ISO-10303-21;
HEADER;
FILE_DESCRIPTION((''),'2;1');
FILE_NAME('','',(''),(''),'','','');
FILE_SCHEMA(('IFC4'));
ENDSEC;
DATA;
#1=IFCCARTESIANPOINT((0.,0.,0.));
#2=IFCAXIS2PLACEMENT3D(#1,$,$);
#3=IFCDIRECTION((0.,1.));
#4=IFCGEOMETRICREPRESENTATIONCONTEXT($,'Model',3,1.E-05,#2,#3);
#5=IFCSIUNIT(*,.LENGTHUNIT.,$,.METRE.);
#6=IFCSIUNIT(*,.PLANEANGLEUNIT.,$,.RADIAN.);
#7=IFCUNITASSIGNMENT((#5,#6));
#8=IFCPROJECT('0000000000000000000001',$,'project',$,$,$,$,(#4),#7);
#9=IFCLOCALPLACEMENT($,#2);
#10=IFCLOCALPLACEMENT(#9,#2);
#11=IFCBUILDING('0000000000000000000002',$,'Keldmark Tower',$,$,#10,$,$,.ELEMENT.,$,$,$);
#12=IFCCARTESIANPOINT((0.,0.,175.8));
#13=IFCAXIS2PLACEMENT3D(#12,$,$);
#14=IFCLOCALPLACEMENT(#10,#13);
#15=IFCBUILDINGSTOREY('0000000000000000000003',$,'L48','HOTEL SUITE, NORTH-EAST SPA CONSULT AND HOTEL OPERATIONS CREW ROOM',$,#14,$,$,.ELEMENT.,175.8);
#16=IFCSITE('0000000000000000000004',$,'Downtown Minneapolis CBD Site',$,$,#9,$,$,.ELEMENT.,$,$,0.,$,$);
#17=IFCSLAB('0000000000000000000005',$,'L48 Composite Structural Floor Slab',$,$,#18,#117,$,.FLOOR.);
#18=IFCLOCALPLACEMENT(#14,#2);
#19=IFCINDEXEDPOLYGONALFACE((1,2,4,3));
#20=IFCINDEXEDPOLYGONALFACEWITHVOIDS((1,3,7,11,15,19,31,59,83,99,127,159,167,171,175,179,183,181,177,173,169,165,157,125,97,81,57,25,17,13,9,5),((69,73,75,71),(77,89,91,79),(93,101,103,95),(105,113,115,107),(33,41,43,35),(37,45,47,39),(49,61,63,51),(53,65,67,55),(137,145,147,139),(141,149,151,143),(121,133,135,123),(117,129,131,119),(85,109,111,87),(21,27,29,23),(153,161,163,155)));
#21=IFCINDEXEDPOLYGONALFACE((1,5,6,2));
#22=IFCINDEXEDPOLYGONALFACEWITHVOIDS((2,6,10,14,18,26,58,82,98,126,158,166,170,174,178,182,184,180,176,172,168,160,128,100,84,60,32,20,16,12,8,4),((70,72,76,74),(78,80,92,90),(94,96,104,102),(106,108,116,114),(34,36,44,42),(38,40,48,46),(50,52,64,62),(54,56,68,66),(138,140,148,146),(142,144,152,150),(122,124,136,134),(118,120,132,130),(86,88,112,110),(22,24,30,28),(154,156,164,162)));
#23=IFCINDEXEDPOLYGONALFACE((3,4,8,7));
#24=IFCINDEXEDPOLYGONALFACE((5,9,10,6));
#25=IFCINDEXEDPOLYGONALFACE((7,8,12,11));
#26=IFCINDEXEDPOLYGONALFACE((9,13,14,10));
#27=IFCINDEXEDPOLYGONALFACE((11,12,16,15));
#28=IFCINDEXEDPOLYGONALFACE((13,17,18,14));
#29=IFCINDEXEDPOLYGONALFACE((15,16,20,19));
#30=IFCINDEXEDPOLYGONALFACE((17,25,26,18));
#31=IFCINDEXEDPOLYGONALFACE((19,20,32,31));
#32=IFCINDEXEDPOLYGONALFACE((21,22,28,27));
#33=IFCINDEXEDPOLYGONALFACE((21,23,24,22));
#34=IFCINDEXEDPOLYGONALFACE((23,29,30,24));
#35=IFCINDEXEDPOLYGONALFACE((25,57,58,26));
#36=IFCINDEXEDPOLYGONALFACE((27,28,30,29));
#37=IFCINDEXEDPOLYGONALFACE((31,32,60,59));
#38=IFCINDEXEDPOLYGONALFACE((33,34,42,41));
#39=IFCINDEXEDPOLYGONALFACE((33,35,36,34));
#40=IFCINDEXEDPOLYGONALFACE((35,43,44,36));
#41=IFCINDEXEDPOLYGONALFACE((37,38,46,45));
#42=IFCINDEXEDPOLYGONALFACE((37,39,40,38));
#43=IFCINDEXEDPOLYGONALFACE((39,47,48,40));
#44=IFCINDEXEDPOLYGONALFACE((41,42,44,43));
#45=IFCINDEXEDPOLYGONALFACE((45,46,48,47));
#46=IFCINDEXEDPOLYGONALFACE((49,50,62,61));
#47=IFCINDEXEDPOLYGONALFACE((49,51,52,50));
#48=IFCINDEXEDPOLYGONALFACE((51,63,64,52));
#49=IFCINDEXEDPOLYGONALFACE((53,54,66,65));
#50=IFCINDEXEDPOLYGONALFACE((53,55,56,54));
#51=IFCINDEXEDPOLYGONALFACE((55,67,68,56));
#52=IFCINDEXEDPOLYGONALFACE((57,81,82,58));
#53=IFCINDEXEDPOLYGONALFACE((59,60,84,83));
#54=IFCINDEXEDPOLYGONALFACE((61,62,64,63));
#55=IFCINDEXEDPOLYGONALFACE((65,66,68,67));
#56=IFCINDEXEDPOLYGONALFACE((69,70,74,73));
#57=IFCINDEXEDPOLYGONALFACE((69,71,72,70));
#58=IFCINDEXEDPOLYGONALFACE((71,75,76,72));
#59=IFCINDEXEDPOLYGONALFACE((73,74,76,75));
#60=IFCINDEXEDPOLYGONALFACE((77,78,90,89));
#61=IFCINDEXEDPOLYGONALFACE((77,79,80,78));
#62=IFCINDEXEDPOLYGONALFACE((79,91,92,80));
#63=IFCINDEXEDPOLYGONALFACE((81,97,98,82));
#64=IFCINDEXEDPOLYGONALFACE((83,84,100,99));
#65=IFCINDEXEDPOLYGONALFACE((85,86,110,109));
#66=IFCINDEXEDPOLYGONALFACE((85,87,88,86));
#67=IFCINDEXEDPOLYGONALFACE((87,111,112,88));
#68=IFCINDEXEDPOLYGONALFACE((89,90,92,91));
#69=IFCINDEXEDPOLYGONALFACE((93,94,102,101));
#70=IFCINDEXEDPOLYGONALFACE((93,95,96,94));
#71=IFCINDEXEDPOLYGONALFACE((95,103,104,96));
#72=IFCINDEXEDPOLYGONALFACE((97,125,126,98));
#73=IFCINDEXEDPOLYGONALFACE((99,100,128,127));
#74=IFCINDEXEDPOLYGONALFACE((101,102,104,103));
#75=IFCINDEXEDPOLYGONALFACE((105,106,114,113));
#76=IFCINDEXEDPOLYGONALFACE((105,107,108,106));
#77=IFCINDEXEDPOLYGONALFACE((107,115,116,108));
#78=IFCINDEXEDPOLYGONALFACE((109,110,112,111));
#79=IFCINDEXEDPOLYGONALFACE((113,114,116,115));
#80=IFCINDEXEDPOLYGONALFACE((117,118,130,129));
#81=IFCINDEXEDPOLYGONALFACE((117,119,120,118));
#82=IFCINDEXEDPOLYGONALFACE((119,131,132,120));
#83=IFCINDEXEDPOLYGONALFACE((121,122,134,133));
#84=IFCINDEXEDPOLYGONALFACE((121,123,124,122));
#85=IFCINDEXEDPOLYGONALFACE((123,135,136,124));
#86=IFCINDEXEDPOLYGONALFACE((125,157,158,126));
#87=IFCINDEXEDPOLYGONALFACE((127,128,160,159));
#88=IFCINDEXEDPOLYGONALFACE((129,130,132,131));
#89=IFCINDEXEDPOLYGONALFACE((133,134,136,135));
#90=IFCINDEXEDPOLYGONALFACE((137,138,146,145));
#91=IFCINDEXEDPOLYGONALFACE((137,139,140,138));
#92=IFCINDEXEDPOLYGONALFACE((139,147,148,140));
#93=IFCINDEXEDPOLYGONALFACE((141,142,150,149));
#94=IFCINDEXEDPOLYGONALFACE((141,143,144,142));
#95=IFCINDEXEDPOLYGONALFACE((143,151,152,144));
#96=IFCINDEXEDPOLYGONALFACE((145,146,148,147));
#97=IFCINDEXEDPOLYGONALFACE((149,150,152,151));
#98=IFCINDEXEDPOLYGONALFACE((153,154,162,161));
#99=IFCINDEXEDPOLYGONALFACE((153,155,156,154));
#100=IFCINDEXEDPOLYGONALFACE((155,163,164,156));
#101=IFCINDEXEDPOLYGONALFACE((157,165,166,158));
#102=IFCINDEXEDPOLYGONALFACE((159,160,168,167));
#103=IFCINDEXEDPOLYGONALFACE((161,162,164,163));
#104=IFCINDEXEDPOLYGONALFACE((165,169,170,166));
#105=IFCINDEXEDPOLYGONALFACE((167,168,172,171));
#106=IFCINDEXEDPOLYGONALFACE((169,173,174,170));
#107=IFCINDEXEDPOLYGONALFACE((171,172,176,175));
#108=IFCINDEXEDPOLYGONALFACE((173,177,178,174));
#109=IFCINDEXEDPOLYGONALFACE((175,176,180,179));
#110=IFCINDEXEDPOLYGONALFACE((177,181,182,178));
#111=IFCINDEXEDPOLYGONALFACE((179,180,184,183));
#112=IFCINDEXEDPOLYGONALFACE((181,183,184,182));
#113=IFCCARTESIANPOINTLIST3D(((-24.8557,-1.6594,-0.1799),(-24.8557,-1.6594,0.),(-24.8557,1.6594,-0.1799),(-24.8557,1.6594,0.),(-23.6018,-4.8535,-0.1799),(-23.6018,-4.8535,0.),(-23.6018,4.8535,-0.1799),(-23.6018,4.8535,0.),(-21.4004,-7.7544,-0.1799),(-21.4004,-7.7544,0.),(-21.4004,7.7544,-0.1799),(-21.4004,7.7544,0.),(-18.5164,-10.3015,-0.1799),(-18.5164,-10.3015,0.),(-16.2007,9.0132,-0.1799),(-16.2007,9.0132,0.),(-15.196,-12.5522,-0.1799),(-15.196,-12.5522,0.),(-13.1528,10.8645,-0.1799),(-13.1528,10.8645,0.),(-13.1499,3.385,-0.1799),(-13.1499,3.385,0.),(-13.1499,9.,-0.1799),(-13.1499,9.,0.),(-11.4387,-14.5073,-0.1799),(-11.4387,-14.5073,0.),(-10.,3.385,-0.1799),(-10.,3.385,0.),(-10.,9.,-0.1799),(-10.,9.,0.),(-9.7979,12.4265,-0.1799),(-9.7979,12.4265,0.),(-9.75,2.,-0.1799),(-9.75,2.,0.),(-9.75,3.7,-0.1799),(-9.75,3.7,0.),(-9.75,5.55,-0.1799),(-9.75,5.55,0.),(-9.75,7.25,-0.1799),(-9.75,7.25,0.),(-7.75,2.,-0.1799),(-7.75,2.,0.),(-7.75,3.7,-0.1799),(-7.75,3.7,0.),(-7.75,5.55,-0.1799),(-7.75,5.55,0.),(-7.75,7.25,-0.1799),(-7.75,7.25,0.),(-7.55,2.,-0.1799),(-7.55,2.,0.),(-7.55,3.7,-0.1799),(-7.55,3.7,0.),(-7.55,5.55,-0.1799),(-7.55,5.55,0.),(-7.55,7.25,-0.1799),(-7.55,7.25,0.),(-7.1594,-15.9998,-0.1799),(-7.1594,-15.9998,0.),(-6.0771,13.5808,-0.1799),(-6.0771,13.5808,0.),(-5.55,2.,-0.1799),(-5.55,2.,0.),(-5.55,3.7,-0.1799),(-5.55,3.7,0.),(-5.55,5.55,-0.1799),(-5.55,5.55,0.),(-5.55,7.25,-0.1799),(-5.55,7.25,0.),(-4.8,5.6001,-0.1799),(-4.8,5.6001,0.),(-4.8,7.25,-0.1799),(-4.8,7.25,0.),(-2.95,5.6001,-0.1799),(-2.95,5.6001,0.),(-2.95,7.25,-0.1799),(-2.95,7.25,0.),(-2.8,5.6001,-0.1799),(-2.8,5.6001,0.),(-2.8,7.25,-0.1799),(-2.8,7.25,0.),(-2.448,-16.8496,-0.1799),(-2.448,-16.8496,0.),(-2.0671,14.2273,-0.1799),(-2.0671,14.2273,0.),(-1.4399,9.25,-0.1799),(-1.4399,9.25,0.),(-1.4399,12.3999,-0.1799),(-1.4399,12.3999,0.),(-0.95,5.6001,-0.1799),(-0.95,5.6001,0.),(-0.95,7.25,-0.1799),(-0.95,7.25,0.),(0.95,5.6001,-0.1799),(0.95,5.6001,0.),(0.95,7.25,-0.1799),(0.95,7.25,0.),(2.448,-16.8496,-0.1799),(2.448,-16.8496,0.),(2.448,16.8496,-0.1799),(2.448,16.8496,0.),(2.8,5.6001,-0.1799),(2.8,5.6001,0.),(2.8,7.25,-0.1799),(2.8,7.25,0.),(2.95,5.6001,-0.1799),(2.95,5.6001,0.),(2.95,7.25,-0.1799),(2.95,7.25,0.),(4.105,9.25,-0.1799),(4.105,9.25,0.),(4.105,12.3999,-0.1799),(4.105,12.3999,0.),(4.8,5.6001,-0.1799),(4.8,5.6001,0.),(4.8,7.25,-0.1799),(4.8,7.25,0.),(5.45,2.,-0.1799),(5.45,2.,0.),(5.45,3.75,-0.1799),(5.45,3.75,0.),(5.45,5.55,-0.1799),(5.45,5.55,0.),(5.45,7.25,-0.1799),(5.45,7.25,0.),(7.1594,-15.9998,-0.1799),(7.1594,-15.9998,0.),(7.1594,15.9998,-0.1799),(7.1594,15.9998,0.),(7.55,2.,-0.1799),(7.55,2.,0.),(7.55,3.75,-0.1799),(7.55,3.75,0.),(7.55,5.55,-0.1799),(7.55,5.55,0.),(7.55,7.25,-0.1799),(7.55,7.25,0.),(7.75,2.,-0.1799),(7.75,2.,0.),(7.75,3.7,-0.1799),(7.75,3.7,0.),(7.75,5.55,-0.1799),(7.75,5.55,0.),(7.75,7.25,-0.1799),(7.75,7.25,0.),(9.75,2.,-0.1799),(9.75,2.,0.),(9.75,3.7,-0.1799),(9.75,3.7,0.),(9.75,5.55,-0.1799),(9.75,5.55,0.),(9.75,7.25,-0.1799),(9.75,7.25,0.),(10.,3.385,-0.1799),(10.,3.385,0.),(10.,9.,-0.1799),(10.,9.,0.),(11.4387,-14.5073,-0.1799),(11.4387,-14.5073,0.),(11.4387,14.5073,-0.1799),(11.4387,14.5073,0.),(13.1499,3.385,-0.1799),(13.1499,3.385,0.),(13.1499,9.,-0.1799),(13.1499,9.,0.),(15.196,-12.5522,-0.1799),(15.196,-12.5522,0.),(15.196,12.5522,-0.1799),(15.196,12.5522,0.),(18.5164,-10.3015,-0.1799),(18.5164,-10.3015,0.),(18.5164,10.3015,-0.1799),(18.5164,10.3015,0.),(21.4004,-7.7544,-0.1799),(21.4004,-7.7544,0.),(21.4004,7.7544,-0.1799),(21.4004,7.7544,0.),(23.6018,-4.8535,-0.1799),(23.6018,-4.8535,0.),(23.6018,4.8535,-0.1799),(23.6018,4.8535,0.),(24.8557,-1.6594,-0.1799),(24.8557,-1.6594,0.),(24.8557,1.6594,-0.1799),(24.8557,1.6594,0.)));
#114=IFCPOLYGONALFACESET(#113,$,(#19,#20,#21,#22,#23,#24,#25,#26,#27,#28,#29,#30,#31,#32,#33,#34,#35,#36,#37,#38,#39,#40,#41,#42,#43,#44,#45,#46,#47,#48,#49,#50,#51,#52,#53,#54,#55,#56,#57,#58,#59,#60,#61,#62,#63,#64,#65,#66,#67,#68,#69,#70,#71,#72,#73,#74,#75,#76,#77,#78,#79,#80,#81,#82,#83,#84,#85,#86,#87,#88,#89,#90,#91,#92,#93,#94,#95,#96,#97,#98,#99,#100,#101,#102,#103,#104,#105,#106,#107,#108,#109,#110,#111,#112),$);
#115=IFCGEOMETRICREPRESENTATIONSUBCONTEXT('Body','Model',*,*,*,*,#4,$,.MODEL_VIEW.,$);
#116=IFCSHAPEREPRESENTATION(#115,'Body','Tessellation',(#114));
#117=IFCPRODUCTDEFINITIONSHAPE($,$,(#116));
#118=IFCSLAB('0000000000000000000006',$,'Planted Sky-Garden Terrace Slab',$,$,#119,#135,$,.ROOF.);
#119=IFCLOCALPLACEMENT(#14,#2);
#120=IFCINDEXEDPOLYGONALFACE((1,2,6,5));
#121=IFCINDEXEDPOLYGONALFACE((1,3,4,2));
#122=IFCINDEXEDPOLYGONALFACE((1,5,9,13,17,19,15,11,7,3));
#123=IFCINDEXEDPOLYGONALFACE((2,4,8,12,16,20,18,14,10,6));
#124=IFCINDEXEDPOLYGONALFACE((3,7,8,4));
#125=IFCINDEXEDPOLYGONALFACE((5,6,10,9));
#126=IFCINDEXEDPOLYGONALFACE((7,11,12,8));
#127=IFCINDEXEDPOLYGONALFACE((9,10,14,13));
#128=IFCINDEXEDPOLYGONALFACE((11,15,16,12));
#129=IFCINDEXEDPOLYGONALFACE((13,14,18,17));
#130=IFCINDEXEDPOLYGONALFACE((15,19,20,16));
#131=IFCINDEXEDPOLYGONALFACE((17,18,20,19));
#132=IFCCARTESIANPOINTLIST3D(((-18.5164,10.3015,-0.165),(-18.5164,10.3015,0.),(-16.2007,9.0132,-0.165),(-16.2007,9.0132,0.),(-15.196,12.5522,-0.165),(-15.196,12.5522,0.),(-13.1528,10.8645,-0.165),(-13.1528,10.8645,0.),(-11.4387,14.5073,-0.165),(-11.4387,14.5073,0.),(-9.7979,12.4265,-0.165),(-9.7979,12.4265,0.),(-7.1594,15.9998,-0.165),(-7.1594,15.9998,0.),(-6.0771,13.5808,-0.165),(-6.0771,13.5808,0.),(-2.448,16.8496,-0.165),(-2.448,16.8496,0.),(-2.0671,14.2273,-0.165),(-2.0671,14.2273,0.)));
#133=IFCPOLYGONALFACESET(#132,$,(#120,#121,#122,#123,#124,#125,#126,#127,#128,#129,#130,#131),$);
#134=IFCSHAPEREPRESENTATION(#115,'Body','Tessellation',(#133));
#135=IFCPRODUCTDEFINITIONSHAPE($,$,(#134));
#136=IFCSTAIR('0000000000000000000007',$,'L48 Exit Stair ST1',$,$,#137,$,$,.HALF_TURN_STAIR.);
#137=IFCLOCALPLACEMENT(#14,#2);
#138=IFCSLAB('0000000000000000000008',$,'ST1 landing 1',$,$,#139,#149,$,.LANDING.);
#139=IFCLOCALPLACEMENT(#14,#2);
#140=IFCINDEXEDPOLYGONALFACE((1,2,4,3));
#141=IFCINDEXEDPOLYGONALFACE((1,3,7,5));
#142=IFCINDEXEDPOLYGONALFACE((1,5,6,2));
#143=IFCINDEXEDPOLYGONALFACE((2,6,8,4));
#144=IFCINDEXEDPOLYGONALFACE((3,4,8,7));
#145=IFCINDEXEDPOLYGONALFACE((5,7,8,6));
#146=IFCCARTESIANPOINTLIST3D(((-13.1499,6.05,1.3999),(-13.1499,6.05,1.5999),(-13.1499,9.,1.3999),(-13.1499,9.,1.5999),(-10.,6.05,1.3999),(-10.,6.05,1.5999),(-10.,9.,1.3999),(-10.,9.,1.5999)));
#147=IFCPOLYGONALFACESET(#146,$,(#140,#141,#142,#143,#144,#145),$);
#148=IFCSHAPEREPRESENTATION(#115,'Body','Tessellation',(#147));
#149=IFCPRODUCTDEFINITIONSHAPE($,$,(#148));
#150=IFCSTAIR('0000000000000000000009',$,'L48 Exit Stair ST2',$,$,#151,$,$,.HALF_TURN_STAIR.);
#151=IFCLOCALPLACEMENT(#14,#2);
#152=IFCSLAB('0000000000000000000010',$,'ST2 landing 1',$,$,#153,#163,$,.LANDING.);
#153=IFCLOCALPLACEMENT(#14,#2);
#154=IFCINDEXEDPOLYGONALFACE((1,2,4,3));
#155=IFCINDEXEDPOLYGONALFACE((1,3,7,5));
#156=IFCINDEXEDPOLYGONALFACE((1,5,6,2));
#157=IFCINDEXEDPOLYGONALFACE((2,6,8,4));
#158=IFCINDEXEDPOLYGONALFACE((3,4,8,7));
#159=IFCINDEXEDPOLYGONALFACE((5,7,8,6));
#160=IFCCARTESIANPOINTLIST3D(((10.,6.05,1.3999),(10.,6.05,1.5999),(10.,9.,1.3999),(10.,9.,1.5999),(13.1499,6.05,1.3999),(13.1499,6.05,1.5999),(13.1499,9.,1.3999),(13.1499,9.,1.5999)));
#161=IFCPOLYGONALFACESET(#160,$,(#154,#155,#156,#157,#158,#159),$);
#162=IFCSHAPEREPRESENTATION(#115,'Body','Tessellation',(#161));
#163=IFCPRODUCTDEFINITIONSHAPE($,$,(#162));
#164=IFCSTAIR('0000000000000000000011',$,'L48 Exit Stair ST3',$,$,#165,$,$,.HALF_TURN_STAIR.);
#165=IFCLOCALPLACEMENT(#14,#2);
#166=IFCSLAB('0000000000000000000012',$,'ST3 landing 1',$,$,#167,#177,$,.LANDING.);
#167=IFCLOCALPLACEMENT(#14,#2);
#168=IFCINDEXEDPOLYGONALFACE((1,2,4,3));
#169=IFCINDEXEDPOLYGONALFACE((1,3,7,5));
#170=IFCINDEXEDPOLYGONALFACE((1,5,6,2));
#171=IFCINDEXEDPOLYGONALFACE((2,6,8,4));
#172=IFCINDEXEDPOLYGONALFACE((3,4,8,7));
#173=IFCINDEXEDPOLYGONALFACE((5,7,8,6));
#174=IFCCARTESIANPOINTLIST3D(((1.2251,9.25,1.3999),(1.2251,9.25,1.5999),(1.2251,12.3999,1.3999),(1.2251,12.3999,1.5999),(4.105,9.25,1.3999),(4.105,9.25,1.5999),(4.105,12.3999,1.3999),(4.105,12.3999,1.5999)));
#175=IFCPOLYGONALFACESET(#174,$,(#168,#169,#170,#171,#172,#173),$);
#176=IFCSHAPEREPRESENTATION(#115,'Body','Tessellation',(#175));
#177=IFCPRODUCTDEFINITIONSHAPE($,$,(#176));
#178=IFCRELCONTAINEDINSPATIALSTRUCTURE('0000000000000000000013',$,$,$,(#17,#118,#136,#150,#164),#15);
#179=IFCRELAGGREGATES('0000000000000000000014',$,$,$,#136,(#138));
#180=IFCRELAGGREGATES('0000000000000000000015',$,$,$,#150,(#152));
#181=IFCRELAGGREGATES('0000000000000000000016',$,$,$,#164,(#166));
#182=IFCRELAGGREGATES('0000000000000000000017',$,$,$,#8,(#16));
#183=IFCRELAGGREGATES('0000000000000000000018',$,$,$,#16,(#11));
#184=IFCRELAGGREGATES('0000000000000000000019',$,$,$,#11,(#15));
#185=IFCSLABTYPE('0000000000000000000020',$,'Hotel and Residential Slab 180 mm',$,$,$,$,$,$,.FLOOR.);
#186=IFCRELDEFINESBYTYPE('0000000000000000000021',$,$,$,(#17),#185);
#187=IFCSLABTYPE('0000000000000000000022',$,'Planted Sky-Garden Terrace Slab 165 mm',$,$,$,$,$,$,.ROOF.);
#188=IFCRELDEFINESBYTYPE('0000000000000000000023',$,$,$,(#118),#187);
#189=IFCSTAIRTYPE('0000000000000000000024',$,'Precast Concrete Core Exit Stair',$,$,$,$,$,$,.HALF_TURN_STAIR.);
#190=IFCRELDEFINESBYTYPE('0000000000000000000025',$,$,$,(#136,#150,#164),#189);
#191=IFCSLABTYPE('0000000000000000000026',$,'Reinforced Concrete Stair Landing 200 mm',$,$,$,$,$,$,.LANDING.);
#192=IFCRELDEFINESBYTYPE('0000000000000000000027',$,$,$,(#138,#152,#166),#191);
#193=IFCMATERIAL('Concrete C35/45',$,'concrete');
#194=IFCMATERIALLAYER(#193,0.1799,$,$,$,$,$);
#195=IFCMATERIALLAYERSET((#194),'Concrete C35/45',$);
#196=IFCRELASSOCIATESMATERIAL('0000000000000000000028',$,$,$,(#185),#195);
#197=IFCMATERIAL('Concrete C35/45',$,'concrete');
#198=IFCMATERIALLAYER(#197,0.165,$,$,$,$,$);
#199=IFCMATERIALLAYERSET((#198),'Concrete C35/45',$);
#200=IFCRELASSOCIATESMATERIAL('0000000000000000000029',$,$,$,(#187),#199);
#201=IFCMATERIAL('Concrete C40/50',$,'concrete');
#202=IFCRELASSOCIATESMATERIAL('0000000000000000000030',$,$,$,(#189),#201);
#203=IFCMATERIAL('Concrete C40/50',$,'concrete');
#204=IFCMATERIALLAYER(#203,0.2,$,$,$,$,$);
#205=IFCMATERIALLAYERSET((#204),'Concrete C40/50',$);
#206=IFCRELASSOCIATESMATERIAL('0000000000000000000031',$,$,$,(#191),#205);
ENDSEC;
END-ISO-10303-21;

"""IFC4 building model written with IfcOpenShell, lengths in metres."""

from ifc_helpers import new_model, si_unit, direction, frame, origin, place, context, subcontext, project, spatial, polyline, outline, extrude, material, layer, layer_set, type_object, element, aggregate, save


model = new_model("IFC4")

# Units and contexts
model_context = context("Model", 3, precision=1e-05, world=origin(), true_north=direction((0.0, 1.0)))
body_context = subcontext(model_context, "Body", "Model", "MODEL_VIEW")
ifc_project = project(units=[si_unit("LENGTHUNIT", "METRE"), si_unit("PLANEANGLEUNIT", "RADIAN")], contexts=[model_context])

# Site, building, storey
site_placement = place(None, origin())
site = spatial("IfcSite", under=ifc_project, at=site_placement, Name="Downtown Minneapolis CBD Site", CompositionType="ELEMENT", RefElevation=0.0)
building_placement = place(site_placement, origin())
building = spatial("IfcBuilding", under=site, at=building_placement, Name="Keldmark Tower", CompositionType="ELEMENT")
storey_placement = place(building_placement, frame((0.0, 0.0, 175.8)))
storey = spatial("IfcBuildingStorey", under=building, at=storey_placement, Name="L48", Description="HOTEL SUITE, NORTH-EAST SPA CONSULT AND HOTEL OPERATIONS CREW ROOM", CompositionType="ELEMENT", Elevation=175.8)

# Slabs
ifc_material_1 = material(Name="Concrete C35/45", Category="concrete")
ifc_layer_1 = layer(ifc_material_1, 0.1799)
ifc_layer_set_1 = layer_set([ifc_layer_1], Name="Concrete C35/45")
slab_type_1 = type_object("IfcSlabType", Name="Hotel and Residential Slab 180 mm", PredefinedType="FLOOR", material=ifc_layer_set_1)
slab_1_placement = place(storey_placement, frame((0.0, 0.0, -0.1799)))
element("IfcSlab", 1, at=slab_1_placement, inside=storey, type_object=slab_type_1, Name="L48 Composite Structural Floor Slab", PredefinedType="FLOOR", context=body_context, shape_type="SweptSolid", body=[
    extrude(outline(polyline([(24.8557, 1.6594), (23.6018, 4.8535), (21.4004, 7.7544), (18.5164, 10.3015), (15.196, 12.5522), (11.4387, 14.5073), (7.1594, 15.9998), (2.448, 16.8496), (-2.0671, 14.2273), (-6.0771, 13.5808), (-9.7979, 12.4265), (-13.1528, 10.8645), (-16.2007, 9.0132), (-21.4004, 7.7544), (-23.6018, 4.8535), (-24.8557, 1.6594), (-24.8557, -1.6594), (-23.6018, -4.8535), (-21.4004, -7.7544), (-18.5164, -10.3015), (-15.196, -12.5522), (-11.4387, -14.5073), (-7.1594, -15.9998), (-2.448, -16.8496), (2.448, -16.8496), (7.1594, -15.9998), (11.4387, -14.5073), (15.196, -12.5522), (18.5164, -10.3015), (21.4004, -7.7544), (23.6018, -4.8535), (24.8557, -1.6594), (24.8557, 1.6594)]), holes=[polyline([(-10.0, 3.385), (-10.0, 9.0), (-13.1499, 9.0), (-13.1499, 3.385), (-10.0, 3.385)]), polyline([(13.1499, 3.385), (13.1499, 9.0), (10.0, 9.0), (10.0, 3.385), (13.1499, 3.385)]), polyline([(-1.4399, 9.25), (4.105, 9.25), (4.105, 12.3999), (-1.4399, 12.3999), (-1.4399, 9.25)]), polyline([(-9.75, 2.0), (-7.75, 2.0), (-7.75, 3.7), (-9.75, 3.7), (-9.75, 2.0)]), polyline([(7.75, 2.0), (9.75, 2.0), (9.75, 3.7), (7.75, 3.7), (7.75, 2.0)]), polyline([(5.45, 2.0), (7.55, 2.0), (7.55, 3.75), (5.45, 3.75), (5.45, 2.0)]), polyline([(-4.8, 5.6001), (-2.95, 5.6001), (-2.95, 7.25), (-4.8, 7.25), (-4.8, 5.6001)]), polyline([(-2.8, 5.6001), (-0.95, 5.6001), (-0.95, 7.25), (-2.8, 7.25), (-2.8, 5.6001)]), polyline([(0.95, 5.6001), (2.8, 5.6001), (2.8, 7.25), (0.95, 7.25), (0.95, 5.6001)]), polyline([(2.95, 5.6001), (4.8, 5.6001), (4.8, 7.25), (2.95, 7.25), (2.95, 5.6001)]), polyline([(-9.75, 5.55), (-7.75, 5.55), (-7.75, 7.25), (-9.75, 7.25), (-9.75, 5.55)]), polyline([(-7.55, 5.55), (-5.55, 5.55), (-5.55, 7.25), (-7.55, 7.25), (-7.55, 5.55)]), polyline([(-7.55, 2.0), (-5.55, 2.0), (-5.55, 3.7), (-7.55, 3.7), (-7.55, 2.0)]), polyline([(5.45, 5.55), (7.55, 5.55), (7.55, 7.25), (5.45, 7.25), (5.45, 5.55)]), polyline([(7.75, 5.55), (9.75, 5.55), (9.75, 7.25), (7.75, 7.25), (7.75, 5.55)])]), origin(), (0.0, 0.0, 1.0), 0.1799),
])
ifc_material_2 = material(Name="Concrete C35/45", Category="concrete")
ifc_layer_2 = layer(ifc_material_2, 0.165)
ifc_layer_set_2 = layer_set([ifc_layer_2], Name="Concrete C35/45")
slab_type_2 = type_object("IfcSlabType", Name="Planted Sky-Garden Terrace Slab 165 mm", PredefinedType="ROOF", material=ifc_layer_set_2)
slab_2_placement = place(storey_placement, frame((0.0, 0.0, -0.165)))
element("IfcSlab", 2, at=slab_2_placement, inside=storey, type_object=slab_type_2, Name="Planted Sky-Garden Terrace Slab", PredefinedType="ROOF", context=body_context, shape_type="SweptSolid", body=[
    extrude(outline(polyline([(-2.448, 16.8496), (-7.1594, 15.9998), (-11.4387, 14.5073), (-15.196, 12.5522), (-18.5164, 10.3015), (-16.2007, 9.0132), (-13.1528, 10.8645), (-9.7979, 12.4265), (-6.0771, 13.5808), (-2.0671, 14.2273), (-2.448, 16.8496)])), origin(), (0.0, 0.0, 1.0), 0.165),
])

# Stairs, slabs
ifc_material_3 = material(Name="Concrete C40/50", Category="concrete")
stair_type = type_object("IfcStairType", Name="Precast Concrete Core Exit Stair", PredefinedType="HALF_TURN_STAIR", material=ifc_material_3)
stair_1_placement = place(storey_placement, origin())
stair_1 = element("IfcStair", 3, at=stair_1_placement, inside=storey, type_object=stair_type, Name="L48 Exit Stair ST1", PredefinedType="HALF_TURN_STAIR")
ifc_material_4 = material(Name="Concrete C40/50", Category="concrete")
ifc_layer_3 = layer(ifc_material_4, 0.2)
ifc_layer_set_3 = layer_set([ifc_layer_3], Name="Concrete C40/50")
slab_type_3 = type_object("IfcSlabType", Name="Reinforced Concrete Stair Landing 200 mm", PredefinedType="LANDING", material=ifc_layer_set_3)
slab_3_placement = place(storey_placement, frame((0.0, 0.0, 1.3999)))
slab_3 = element("IfcSlab", 4, at=slab_3_placement, type_object=slab_type_3, Name="ST1 landing 1", PredefinedType="LANDING", context=body_context, shape_type="SweptSolid", body=[
    extrude(outline(polyline([(-10.0, 6.05), (-10.0, 9.0), (-13.1499, 9.0), (-13.1499, 6.05), (-10.0, 6.05)])), origin(), (0.0, 0.0, 1.0), 0.2),
])
aggregate(stair_1, [slab_3])
stair_2_placement = place(storey_placement, origin())
stair_2 = element("IfcStair", 5, at=stair_2_placement, inside=storey, type_object=stair_type, Name="L48 Exit Stair ST2", PredefinedType="HALF_TURN_STAIR")
slab_4_placement = place(storey_placement, frame((0.0, 0.0, 1.3999)))
slab_4 = element("IfcSlab", 6, at=slab_4_placement, type_object=slab_type_3, Name="ST2 landing 1", PredefinedType="LANDING", context=body_context, shape_type="SweptSolid", body=[
    extrude(outline(polyline([(13.1499, 6.05), (13.1499, 9.0), (10.0, 9.0), (10.0, 6.05), (13.1499, 6.05)])), origin(), (0.0, 0.0, 1.0), 0.2),
])
aggregate(stair_2, [slab_4])
stair_3_placement = place(storey_placement, origin())
stair_3 = element("IfcStair", 7, at=stair_3_placement, inside=storey, type_object=stair_type, Name="L48 Exit Stair ST3", PredefinedType="HALF_TURN_STAIR")
slab_5_placement = place(storey_placement, frame((0.0, 0.0, 1.3999)))
slab_5 = element("IfcSlab", 8, at=slab_5_placement, type_object=slab_type_3, Name="ST3 landing 1", PredefinedType="LANDING", context=body_context, shape_type="SweptSolid", body=[
    extrude(outline(polyline([(1.2251, 9.25), (4.105, 9.25), (4.105, 12.3999), (1.2251, 12.3999), (1.2251, 9.25)])), origin(), (0.0, 0.0, 1.0), 0.2),
])
aggregate(stair_3, [slab_5])

save(model, "model.ifc")
